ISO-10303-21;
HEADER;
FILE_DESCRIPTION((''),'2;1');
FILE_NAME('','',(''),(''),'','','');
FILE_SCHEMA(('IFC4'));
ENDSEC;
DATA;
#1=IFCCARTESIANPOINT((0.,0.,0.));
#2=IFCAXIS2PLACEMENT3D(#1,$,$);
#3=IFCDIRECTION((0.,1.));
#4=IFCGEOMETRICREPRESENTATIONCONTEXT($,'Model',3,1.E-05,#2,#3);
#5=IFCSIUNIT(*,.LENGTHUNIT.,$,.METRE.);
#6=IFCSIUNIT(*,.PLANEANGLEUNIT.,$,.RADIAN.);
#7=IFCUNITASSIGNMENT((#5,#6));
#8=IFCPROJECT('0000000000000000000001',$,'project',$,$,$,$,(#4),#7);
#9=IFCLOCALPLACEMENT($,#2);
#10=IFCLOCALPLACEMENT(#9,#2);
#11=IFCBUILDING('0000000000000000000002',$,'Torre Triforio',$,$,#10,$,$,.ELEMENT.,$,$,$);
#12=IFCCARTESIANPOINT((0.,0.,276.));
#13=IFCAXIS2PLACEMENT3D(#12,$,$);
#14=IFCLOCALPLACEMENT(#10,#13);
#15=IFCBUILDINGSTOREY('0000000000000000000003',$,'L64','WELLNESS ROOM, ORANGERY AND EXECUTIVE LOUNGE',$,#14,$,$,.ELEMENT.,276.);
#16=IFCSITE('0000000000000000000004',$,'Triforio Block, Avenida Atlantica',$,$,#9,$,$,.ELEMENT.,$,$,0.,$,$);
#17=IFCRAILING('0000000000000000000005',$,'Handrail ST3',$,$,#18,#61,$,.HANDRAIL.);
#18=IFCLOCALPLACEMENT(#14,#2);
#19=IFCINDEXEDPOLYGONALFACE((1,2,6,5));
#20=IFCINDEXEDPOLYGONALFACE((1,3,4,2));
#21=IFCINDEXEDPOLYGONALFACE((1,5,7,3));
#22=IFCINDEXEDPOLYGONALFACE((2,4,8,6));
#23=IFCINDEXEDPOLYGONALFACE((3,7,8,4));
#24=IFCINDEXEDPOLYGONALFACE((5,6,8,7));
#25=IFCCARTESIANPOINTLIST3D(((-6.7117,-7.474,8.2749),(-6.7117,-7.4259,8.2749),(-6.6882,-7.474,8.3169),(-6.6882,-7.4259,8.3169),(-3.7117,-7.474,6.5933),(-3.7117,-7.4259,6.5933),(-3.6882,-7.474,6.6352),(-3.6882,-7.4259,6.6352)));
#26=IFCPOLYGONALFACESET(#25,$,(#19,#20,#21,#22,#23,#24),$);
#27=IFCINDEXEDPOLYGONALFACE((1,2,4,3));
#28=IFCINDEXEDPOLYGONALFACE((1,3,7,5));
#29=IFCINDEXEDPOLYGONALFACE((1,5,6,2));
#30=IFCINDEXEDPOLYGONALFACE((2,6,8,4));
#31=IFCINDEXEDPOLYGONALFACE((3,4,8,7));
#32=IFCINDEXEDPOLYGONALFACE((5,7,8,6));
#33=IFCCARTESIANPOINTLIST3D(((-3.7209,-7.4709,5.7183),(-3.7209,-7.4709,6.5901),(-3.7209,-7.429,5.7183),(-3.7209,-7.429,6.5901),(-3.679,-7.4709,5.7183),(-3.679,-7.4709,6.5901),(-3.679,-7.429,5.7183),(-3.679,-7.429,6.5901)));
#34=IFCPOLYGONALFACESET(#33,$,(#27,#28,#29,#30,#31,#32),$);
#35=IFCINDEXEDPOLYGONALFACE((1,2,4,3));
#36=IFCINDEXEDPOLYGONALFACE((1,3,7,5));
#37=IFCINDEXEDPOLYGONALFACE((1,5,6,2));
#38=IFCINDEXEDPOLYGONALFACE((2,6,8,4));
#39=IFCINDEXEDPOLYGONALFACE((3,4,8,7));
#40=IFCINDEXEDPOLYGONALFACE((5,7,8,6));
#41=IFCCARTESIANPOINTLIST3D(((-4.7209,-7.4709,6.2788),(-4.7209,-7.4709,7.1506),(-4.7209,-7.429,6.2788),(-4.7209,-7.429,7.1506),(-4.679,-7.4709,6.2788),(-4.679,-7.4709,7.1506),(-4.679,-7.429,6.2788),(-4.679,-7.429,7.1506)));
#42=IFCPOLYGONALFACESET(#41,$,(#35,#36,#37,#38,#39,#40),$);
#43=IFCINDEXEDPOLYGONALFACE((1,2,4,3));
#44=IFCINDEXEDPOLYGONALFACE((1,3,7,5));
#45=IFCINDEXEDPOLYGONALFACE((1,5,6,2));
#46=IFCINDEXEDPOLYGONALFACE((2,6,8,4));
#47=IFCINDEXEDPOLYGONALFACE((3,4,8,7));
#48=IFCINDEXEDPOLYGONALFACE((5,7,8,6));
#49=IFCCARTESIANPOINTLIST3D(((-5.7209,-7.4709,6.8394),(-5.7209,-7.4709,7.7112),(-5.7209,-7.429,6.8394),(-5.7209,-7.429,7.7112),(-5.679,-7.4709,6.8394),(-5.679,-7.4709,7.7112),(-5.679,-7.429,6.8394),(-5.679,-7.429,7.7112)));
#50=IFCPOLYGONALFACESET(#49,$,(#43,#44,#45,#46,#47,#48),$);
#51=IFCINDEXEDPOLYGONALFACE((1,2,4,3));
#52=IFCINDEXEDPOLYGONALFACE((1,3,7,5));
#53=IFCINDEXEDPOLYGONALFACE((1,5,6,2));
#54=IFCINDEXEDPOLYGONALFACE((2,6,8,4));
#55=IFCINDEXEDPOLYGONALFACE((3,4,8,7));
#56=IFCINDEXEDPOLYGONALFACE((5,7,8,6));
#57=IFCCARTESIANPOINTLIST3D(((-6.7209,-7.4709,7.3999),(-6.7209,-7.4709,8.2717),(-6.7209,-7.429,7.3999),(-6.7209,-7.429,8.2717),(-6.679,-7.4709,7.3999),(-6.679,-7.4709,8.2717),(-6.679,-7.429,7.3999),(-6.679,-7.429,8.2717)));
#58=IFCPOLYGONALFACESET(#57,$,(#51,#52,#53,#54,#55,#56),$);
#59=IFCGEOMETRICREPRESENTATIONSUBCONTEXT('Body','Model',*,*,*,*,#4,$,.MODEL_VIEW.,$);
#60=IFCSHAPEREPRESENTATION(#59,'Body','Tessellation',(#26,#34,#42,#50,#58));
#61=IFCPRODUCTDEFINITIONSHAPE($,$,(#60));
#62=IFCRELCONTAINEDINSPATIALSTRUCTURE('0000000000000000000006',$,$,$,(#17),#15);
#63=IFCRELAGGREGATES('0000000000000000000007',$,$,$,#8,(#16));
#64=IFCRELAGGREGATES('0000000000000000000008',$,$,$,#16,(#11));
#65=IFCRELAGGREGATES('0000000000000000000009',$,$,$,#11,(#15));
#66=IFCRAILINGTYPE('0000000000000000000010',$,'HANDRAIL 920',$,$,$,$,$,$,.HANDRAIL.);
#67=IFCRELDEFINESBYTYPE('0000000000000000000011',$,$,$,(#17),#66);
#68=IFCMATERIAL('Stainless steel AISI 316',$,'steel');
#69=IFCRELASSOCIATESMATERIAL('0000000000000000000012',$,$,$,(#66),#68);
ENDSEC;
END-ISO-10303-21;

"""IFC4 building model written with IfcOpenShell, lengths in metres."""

from ifc_helpers import new_model, si_unit, direction, frame, origin, origin_2d, place, context, subcontext, project, spatial, rectangle, extrude, material, type_object, element, save


model = new_model("IFC4")

# Units and contexts
model_context = context("Model", 3, precision=1e-05, world=origin(), true_north=direction((0.0, 1.0)))
body_context = subcontext(model_context, "Body", "Model", "MODEL_VIEW")
ifc_project = project(units=[si_unit("LENGTHUNIT", "METRE"), si_unit("PLANEANGLEUNIT", "RADIAN")], contexts=[model_context])

# Site, building, storey
site_placement = place(None, origin())
site = spatial("IfcSite", under=ifc_project, at=site_placement, Name="Triforio Block, Avenida Atlantica", CompositionType="ELEMENT", RefElevation=0.0)
building_placement = place(site_placement, origin())
building = spatial("IfcBuilding", under=site, at=building_placement, Name="Torre Triforio", CompositionType="ELEMENT")
storey_placement = place(building_placement, frame((0.0, 0.0, 276.0)))
storey = spatial("IfcBuildingStorey", under=building, at=storey_placement, Name="L64", Description="WELLNESS ROOM, ORANGERY AND EXECUTIVE LOUNGE", CompositionType="ELEMENT", Elevation=276.0)

# Railing
ifc_material_1 = material(Name="Stainless steel AISI 316", Category="steel")
railing_type = type_object("IfcRailingType", Name="HANDRAIL 920", PredefinedType="HANDRAIL", material=ifc_material_1)
railing_1_placement = place(storey_placement, frame((-3.7, -7.45, 5.7183)))
element("IfcRailing", 1, at=railing_1_placement, inside=storey, type_object=railing_type, Name="Handrail ST3", PredefinedType="HANDRAIL", context=body_context, shape_type="SweptSolid", body=[
    extrude(rectangle(XDim=0.0481, YDim=0.0481, at=origin_2d()), frame((0.0, 0.0, 0.896), z_axis=(-0.872303, 0.0, 0.488966), x_axis=(0.0, -1.0, 0.0)), (0.0, 0.0, 1.0), 3.4392),
    extrude(rectangle(XDim=0.042, YDim=0.042, at=origin_2d()), origin(), (0.0, 0.0, 1.0), 0.8718),
    extrude(rectangle(XDim=0.042, YDim=0.042, at=origin_2d()), frame((-1.0, 0.0, 0.5605)), (0.0, 0.0, 1.0), 0.8718),
    extrude(rectangle(XDim=0.042, YDim=0.042, at=origin_2d()), frame((-2.0, 0.0, 1.1211)), (0.0, 0.0, 1.0), 0.8718),
    extrude(rectangle(XDim=0.042, YDim=0.042, at=origin_2d()), frame((-3.0, 0.0, 1.6816)), (0.0, 0.0, 1.0), 0.8718),
])

save(model, "model.ifc")
